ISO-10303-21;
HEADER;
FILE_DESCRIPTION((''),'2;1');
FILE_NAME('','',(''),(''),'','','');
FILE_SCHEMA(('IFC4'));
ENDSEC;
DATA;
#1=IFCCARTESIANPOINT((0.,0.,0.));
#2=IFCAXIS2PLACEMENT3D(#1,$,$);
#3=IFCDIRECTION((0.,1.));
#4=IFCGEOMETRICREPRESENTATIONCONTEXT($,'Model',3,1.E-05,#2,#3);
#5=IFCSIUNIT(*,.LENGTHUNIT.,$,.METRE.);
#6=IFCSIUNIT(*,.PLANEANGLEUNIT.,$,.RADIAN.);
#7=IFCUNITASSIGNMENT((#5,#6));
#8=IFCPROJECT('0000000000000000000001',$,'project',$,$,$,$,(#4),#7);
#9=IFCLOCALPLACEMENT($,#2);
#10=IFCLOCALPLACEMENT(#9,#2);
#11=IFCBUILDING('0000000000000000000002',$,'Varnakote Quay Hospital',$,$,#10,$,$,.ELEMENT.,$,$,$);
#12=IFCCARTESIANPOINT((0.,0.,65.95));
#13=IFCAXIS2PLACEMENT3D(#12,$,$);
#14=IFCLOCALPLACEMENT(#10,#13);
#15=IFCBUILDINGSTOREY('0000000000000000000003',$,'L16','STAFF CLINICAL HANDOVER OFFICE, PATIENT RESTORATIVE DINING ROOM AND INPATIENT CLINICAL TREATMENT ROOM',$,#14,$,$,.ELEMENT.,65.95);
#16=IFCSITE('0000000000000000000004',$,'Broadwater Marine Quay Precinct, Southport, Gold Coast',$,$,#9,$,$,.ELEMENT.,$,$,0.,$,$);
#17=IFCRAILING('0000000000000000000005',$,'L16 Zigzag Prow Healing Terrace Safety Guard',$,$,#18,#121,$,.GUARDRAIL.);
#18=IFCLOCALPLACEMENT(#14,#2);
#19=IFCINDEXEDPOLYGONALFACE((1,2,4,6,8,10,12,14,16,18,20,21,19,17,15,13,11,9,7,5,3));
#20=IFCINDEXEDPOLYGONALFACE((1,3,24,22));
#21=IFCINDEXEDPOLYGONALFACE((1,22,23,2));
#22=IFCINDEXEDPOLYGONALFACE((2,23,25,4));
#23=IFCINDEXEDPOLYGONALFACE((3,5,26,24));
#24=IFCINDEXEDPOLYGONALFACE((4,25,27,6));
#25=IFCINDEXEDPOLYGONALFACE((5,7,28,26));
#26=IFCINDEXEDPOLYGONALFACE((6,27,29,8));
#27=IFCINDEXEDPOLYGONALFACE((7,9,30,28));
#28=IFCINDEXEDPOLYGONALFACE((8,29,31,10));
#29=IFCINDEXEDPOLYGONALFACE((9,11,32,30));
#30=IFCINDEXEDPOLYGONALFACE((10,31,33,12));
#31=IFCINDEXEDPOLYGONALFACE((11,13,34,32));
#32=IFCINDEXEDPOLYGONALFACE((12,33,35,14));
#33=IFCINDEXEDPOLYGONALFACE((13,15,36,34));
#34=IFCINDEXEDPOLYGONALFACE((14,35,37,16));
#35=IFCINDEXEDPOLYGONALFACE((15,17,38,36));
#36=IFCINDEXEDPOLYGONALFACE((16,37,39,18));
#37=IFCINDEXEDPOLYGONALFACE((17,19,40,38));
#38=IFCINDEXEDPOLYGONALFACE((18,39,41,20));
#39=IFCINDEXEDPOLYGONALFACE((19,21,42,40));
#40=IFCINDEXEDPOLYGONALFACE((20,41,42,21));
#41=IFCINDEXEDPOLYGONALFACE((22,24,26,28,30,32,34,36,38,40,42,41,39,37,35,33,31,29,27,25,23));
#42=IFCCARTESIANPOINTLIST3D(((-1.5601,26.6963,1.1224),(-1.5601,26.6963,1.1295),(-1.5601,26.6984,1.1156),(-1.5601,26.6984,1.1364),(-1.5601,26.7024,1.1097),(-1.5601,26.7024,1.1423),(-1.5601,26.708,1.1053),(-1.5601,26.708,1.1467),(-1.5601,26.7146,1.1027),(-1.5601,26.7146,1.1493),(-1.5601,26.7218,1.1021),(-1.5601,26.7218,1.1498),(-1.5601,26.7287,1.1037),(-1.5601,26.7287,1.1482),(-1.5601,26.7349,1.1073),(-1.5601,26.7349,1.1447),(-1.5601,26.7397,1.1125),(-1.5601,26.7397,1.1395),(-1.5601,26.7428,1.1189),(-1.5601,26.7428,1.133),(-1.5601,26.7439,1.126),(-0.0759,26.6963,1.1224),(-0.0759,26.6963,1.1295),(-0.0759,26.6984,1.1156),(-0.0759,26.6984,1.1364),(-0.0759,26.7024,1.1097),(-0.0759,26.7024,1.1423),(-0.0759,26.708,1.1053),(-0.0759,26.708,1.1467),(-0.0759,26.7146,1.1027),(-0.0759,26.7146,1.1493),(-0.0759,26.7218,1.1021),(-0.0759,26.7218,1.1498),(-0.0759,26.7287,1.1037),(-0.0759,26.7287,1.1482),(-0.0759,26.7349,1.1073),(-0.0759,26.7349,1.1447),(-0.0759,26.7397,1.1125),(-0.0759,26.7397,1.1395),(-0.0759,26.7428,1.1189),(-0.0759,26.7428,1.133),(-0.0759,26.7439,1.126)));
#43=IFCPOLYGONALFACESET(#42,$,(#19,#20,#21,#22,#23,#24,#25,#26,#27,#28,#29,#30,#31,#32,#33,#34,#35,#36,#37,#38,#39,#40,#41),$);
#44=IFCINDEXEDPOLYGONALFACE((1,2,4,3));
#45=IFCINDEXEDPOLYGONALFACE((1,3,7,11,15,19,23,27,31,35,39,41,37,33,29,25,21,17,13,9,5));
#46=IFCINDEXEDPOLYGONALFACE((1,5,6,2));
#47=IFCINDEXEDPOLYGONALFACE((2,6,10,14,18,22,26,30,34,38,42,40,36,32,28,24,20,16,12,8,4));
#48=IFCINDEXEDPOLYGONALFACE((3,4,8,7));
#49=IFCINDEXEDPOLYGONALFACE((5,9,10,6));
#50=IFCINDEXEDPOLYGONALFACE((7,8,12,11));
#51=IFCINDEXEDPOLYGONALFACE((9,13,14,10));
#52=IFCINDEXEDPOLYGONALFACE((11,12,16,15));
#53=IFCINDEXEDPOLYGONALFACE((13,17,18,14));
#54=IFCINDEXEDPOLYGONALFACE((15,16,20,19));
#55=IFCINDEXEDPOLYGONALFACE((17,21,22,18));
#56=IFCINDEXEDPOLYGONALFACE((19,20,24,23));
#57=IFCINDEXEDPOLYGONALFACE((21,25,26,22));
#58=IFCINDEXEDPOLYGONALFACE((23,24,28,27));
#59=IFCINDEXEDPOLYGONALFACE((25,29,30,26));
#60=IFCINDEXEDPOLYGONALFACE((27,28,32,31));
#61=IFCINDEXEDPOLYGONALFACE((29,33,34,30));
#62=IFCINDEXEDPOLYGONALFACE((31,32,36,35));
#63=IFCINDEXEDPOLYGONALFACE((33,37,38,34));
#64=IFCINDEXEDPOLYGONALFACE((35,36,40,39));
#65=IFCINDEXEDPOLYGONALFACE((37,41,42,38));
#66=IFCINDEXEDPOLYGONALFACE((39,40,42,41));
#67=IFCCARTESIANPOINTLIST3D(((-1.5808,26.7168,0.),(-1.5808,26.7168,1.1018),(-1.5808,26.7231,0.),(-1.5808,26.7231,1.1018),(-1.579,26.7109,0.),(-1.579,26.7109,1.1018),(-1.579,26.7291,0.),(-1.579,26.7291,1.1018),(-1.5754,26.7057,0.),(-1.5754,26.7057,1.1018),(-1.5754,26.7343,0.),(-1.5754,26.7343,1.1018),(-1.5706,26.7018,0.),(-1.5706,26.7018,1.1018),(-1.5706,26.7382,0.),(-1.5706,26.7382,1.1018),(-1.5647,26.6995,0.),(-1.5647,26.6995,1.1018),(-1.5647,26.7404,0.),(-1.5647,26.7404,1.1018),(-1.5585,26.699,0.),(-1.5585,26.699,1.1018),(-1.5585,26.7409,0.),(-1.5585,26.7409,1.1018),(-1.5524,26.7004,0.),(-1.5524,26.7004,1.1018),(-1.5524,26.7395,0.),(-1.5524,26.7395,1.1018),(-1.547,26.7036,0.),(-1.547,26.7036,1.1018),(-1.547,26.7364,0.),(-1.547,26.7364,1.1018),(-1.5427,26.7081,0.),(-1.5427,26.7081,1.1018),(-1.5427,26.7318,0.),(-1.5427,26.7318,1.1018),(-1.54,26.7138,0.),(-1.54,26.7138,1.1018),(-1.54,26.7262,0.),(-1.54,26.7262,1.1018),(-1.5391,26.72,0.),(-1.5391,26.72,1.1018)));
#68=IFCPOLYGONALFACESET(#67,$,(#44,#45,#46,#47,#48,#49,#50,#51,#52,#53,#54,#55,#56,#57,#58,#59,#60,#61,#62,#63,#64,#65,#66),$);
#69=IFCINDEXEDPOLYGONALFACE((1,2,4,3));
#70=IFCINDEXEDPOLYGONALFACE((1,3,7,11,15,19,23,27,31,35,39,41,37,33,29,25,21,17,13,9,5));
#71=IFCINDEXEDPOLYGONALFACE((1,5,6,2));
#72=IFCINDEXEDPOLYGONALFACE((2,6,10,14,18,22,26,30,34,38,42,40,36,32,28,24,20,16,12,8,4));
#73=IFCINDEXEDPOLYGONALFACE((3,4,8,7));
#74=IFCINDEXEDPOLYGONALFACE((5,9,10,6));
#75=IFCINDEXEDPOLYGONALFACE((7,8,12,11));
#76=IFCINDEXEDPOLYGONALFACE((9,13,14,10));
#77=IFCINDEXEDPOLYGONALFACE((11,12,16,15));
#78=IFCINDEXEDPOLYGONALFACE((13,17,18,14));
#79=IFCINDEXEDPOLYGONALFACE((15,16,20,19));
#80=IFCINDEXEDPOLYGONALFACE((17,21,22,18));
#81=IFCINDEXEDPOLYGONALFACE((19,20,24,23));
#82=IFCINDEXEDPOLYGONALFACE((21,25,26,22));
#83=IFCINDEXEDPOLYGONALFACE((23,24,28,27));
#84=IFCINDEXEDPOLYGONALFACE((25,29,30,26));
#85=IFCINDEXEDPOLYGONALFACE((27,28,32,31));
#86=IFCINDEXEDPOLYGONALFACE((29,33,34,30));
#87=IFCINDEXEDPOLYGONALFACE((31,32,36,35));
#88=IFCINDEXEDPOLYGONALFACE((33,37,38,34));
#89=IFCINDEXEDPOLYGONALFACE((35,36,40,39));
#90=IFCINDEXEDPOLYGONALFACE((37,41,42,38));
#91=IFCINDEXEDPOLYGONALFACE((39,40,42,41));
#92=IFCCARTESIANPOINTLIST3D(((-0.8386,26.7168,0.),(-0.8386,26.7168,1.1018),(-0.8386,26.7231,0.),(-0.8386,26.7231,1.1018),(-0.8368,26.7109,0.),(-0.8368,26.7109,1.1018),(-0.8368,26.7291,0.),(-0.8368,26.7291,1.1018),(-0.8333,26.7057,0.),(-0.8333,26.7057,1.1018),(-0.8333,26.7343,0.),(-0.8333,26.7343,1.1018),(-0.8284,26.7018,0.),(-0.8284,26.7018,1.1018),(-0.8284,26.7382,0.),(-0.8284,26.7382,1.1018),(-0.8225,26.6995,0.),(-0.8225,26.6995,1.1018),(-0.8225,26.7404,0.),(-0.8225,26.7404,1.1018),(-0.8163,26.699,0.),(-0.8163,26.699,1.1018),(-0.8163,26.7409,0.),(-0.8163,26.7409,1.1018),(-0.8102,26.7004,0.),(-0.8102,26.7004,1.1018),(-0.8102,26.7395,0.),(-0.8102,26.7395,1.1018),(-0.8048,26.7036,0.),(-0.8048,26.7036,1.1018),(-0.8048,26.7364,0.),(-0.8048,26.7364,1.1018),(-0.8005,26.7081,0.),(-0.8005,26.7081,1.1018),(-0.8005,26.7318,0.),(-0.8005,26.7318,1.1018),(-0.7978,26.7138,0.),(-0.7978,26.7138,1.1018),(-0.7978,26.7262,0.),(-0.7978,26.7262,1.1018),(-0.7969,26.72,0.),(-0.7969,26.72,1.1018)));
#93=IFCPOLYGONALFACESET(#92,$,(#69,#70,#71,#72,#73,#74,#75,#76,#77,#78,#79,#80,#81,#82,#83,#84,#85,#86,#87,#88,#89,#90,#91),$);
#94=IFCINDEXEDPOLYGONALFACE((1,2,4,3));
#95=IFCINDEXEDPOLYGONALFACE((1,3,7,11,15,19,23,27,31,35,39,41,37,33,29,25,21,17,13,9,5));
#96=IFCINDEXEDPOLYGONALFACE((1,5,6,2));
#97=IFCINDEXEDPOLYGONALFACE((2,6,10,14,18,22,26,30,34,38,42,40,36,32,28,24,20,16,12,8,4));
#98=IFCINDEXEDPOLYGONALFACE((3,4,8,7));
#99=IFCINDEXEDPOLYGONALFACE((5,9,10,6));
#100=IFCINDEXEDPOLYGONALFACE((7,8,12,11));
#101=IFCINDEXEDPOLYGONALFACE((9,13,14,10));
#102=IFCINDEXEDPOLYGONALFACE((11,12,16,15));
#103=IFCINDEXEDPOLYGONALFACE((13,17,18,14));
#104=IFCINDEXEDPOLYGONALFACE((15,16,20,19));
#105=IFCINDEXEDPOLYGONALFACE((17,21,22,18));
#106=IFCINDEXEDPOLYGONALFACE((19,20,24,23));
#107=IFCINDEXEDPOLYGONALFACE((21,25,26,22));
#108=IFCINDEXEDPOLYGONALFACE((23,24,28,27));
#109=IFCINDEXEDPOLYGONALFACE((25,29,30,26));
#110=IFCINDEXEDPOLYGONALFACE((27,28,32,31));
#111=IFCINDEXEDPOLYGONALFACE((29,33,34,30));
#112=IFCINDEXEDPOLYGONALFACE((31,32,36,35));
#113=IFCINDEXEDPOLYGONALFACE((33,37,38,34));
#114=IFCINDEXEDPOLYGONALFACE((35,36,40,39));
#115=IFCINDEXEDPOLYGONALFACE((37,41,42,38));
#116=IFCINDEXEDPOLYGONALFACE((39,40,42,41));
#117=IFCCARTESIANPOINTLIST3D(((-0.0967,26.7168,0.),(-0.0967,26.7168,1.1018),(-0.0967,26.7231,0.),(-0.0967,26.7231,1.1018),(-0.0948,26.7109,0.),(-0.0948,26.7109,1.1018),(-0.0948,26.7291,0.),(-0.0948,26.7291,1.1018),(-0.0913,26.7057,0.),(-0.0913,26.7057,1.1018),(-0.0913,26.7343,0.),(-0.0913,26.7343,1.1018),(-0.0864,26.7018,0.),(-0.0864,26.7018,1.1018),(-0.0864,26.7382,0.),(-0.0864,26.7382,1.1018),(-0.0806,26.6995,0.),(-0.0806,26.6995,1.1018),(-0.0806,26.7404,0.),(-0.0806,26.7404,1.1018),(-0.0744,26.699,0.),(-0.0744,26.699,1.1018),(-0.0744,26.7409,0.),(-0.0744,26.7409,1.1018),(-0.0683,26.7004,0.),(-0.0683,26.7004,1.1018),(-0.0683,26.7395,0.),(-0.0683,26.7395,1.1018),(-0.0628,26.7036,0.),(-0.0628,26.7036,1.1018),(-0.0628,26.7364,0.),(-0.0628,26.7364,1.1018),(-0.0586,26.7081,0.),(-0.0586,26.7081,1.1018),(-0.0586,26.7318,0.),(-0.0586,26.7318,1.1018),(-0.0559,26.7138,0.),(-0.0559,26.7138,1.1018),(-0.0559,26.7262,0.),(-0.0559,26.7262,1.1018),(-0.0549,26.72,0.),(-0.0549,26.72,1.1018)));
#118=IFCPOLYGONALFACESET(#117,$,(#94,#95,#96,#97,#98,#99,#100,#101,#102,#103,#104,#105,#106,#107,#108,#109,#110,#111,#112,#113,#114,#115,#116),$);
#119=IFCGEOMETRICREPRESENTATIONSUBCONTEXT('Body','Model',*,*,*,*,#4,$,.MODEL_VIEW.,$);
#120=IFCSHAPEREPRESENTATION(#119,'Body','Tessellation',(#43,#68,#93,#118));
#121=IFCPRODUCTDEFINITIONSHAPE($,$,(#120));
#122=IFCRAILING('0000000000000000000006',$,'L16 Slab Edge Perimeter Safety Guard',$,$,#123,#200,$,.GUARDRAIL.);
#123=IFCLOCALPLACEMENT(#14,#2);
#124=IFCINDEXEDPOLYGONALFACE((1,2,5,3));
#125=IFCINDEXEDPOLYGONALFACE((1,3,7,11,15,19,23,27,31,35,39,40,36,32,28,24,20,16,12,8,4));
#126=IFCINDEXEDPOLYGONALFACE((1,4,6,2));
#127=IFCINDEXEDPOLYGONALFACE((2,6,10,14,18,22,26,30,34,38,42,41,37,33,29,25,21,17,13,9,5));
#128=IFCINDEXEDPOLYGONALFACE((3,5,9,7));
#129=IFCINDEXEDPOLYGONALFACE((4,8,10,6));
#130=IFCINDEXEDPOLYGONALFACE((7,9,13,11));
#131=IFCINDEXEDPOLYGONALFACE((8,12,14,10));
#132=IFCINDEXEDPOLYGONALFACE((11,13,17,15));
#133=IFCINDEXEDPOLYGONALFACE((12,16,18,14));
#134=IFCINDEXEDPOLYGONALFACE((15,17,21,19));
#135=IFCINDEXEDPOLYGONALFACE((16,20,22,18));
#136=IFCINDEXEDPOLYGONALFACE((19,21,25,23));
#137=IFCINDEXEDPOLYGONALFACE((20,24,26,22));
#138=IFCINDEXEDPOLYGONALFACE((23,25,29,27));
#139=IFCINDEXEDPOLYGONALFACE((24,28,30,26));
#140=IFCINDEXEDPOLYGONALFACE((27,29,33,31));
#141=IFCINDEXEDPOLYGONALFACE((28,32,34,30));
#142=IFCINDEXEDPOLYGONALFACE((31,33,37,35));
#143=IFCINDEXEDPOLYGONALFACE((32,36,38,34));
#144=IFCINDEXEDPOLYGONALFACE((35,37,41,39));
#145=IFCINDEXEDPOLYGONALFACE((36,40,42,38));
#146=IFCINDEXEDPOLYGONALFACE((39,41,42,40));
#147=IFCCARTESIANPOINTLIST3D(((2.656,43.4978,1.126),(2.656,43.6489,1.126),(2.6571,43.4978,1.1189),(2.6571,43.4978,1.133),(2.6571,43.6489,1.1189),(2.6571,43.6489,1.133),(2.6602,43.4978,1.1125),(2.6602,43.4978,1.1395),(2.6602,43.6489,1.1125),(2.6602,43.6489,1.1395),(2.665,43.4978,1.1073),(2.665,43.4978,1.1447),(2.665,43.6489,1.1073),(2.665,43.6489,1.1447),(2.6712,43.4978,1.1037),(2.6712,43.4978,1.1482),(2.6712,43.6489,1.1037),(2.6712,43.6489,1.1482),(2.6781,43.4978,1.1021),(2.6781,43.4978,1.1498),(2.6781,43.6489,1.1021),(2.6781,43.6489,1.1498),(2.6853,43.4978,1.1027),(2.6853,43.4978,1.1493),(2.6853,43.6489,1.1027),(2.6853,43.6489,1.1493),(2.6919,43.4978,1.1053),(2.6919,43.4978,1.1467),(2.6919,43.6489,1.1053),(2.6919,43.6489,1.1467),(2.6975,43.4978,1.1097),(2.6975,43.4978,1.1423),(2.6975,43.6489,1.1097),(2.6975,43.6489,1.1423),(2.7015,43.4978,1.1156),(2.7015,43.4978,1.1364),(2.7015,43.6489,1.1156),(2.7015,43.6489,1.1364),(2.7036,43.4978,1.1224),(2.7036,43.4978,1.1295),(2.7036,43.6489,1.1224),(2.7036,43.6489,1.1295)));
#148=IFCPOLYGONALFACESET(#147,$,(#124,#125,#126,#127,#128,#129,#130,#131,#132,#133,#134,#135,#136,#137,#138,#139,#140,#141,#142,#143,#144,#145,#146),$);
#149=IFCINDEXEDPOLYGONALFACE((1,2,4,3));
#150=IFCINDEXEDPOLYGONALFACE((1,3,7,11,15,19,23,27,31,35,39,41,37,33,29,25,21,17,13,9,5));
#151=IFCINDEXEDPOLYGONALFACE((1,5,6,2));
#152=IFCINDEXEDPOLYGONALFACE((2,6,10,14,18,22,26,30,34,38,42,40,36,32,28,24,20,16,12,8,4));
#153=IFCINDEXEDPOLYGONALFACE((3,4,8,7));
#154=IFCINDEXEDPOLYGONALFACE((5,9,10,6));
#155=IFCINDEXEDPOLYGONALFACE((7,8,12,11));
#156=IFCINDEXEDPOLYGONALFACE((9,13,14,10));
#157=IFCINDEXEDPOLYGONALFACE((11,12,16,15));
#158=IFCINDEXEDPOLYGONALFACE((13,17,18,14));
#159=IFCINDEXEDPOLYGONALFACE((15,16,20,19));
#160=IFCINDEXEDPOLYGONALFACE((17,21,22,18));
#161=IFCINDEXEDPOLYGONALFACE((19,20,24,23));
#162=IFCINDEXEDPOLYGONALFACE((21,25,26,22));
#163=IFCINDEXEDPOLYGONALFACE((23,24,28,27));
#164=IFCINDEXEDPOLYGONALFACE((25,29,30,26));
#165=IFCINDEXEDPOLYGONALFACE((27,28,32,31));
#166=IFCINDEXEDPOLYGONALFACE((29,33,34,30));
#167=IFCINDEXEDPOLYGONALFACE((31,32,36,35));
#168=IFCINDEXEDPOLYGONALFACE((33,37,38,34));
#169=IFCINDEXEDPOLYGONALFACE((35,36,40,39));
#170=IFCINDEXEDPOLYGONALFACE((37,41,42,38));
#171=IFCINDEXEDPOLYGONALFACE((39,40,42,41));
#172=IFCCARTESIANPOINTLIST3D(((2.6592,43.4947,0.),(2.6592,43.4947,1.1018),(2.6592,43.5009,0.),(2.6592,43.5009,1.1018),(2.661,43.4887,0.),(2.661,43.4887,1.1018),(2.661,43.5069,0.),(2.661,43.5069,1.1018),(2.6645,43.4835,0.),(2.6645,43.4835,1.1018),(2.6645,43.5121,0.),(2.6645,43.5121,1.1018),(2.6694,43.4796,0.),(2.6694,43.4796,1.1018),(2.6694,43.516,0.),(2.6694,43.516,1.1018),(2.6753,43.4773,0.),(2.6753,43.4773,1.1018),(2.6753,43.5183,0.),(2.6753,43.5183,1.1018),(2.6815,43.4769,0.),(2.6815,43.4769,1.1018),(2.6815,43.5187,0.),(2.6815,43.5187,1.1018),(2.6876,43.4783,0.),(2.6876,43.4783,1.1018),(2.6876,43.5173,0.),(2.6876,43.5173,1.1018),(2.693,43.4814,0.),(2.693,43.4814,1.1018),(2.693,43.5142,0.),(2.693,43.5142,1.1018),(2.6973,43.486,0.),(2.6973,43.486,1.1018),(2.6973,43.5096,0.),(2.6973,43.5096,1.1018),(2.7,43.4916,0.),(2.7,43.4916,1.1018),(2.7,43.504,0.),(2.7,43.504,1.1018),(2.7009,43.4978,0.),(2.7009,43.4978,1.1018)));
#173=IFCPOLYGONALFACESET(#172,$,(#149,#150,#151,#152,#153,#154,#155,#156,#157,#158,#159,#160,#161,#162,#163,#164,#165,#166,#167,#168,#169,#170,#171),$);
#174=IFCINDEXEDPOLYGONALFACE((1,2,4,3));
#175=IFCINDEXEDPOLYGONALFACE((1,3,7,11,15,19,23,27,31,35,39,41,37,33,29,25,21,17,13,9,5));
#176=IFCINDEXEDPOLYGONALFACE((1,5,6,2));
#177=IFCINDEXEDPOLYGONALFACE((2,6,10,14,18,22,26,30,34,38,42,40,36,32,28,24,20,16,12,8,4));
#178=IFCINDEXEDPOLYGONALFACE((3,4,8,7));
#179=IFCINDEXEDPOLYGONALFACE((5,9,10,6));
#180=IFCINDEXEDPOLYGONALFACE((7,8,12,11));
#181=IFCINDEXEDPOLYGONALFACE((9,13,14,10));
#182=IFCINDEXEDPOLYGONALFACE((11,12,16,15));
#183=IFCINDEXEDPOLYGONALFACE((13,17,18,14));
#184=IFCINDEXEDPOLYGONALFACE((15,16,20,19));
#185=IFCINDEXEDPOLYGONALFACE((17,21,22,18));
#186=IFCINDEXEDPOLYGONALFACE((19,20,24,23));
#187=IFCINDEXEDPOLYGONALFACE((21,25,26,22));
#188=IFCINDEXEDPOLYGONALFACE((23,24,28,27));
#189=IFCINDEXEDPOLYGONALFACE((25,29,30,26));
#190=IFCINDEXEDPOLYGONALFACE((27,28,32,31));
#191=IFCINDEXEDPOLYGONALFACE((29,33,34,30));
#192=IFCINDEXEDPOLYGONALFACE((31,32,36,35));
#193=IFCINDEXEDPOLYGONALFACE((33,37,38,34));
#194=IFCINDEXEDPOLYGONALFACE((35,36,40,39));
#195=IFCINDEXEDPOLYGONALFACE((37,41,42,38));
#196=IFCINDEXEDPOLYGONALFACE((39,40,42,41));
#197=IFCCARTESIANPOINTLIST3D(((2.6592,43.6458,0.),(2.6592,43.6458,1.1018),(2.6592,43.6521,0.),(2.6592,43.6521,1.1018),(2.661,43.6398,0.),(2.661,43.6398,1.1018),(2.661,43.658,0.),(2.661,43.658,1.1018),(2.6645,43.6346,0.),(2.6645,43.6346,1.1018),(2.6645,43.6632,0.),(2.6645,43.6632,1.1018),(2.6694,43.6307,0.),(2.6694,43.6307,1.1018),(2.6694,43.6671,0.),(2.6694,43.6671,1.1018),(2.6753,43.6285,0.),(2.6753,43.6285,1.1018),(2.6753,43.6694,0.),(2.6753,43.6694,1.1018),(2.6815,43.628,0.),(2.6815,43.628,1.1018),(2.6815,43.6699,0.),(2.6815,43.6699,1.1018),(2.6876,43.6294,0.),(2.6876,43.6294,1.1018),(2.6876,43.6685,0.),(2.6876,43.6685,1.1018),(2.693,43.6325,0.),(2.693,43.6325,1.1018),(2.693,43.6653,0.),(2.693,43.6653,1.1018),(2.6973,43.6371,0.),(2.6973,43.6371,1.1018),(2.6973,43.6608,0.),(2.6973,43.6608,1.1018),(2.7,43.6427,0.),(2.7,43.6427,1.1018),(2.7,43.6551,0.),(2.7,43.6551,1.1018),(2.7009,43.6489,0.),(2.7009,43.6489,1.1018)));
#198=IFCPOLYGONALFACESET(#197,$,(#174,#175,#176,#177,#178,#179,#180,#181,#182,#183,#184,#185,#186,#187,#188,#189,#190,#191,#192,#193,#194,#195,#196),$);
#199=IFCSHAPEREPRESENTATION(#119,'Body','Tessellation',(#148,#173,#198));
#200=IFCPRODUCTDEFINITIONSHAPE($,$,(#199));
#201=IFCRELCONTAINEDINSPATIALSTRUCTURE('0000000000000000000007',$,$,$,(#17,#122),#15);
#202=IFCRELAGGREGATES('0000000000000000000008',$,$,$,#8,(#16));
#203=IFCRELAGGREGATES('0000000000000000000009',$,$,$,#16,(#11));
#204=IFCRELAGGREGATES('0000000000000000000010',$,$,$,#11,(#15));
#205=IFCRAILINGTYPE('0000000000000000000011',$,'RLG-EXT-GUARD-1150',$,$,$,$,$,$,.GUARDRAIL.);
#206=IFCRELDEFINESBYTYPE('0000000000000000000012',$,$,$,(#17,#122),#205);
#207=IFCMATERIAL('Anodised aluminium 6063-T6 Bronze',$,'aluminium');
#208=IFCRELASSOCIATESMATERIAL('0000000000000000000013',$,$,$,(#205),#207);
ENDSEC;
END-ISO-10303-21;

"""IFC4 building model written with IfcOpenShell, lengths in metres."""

from ifc_helpers import new_model, si_unit, direction, frame, origin, origin_2d, place, context, subcontext, project, spatial, circle, extrude, material, type_object, element, save


model = new_model("IFC4")

# Units and contexts
model_context = context("Model", 3, precision=1e-05, world=origin(), true_north=direction((0.0, 1.0)))
body_context = subcontext(model_context, "Body", "Model", "MODEL_VIEW")
ifc_project = project(units=[si_unit("LENGTHUNIT", "METRE"), si_unit("PLANEANGLEUNIT", "RADIAN")], contexts=[model_context])

# Site, building, storey
site_placement = place(None, origin())
site = spatial("IfcSite", under=ifc_project, at=site_placement, Name="Broadwater Marine Quay Precinct, Southport, Gold Coast", CompositionType="ELEMENT", RefElevation=0.0)
building_placement = place(site_placement, origin())
building = spatial("IfcBuilding", under=site, at=building_placement, Name="Varnakote Quay Hospital", CompositionType="ELEMENT")
storey_placement = place(building_placement, frame((0.0, 0.0, 65.95)))
storey = spatial("IfcBuildingStorey", under=building, at=storey_placement, Name="L16", Description="STAFF CLINICAL HANDOVER OFFICE, PATIENT RESTORATIVE DINING ROOM AND INPATIENT CLINICAL TREATMENT ROOM", CompositionType="ELEMENT", Elevation=65.95)

# Railings
ifc_material_1 = material(Name="Anodised aluminium 6063-T6 Bronze", Category="aluminium")
railing_type = type_object("IfcRailingType", Name="RLG-EXT-GUARD-1150", PredefinedType="GUARDRAIL", material=ifc_material_1)
railing_1_placement = place(storey_placement, frame((-1.5601, 26.72, 0.0)))
element("IfcRailing", 1, at=railing_1_placement, inside=storey, type_object=railing_type, Name="L16 Zigzag Prow Healing Terrace Safety Guard", PredefinedType="GUARDRAIL", context=body_context, shape_type="SweptSolid", body=[
    extrude(circle(Radius=0.0239, at=origin_2d()), frame((0.0, 0.0, 1.126), z_axis=(1.0, 0.0, 0.0), x_axis=(0.0, 1.0, 0.0)), (0.0, 0.0, 1.0), 1.4841),
    extrude(circle(Radius=0.021, at=origin_2d()), origin(), (0.0, 0.0, 1.0), 1.1018),
    extrude(circle(Radius=0.021, at=origin_2d()), frame((0.7422, 0.0, 0.0)), (0.0, 0.0, 1.0), 1.1018),
    extrude(circle(Radius=0.021, at=origin_2d()), frame((1.4841, 0.0, 0.0)), (0.0, 0.0, 1.0), 1.1018),
])
railing_2_placement = place(storey_placement, frame((2.6799, 43.4978, 0.0)))
element("IfcRailing", 2, at=railing_2_placement, inside=storey, type_object=railing_type, Name="L16 Slab Edge Perimeter Safety Guard", PredefinedType="GUARDRAIL", context=body_context, shape_type="SweptSolid", body=[
    extrude(circle(Radius=0.0239, at=origin_2d()), frame((0.0, 0.0, 1.126), z_axis=(0.0, 1.0, 0.0), x_axis=(-1.0, 0.0, 0.0)), (0.0, 0.0, 1.0), 0.1511),
    extrude(circle(Radius=0.021, at=origin_2d()), origin(), (0.0, 0.0, 1.0), 1.1018),
    extrude(circle(Radius=0.021, at=origin_2d()), frame((0.0, 0.1511, 0.0)), (0.0, 0.0, 1.0), 1.1018),
])

save(model, "model.ifc")
